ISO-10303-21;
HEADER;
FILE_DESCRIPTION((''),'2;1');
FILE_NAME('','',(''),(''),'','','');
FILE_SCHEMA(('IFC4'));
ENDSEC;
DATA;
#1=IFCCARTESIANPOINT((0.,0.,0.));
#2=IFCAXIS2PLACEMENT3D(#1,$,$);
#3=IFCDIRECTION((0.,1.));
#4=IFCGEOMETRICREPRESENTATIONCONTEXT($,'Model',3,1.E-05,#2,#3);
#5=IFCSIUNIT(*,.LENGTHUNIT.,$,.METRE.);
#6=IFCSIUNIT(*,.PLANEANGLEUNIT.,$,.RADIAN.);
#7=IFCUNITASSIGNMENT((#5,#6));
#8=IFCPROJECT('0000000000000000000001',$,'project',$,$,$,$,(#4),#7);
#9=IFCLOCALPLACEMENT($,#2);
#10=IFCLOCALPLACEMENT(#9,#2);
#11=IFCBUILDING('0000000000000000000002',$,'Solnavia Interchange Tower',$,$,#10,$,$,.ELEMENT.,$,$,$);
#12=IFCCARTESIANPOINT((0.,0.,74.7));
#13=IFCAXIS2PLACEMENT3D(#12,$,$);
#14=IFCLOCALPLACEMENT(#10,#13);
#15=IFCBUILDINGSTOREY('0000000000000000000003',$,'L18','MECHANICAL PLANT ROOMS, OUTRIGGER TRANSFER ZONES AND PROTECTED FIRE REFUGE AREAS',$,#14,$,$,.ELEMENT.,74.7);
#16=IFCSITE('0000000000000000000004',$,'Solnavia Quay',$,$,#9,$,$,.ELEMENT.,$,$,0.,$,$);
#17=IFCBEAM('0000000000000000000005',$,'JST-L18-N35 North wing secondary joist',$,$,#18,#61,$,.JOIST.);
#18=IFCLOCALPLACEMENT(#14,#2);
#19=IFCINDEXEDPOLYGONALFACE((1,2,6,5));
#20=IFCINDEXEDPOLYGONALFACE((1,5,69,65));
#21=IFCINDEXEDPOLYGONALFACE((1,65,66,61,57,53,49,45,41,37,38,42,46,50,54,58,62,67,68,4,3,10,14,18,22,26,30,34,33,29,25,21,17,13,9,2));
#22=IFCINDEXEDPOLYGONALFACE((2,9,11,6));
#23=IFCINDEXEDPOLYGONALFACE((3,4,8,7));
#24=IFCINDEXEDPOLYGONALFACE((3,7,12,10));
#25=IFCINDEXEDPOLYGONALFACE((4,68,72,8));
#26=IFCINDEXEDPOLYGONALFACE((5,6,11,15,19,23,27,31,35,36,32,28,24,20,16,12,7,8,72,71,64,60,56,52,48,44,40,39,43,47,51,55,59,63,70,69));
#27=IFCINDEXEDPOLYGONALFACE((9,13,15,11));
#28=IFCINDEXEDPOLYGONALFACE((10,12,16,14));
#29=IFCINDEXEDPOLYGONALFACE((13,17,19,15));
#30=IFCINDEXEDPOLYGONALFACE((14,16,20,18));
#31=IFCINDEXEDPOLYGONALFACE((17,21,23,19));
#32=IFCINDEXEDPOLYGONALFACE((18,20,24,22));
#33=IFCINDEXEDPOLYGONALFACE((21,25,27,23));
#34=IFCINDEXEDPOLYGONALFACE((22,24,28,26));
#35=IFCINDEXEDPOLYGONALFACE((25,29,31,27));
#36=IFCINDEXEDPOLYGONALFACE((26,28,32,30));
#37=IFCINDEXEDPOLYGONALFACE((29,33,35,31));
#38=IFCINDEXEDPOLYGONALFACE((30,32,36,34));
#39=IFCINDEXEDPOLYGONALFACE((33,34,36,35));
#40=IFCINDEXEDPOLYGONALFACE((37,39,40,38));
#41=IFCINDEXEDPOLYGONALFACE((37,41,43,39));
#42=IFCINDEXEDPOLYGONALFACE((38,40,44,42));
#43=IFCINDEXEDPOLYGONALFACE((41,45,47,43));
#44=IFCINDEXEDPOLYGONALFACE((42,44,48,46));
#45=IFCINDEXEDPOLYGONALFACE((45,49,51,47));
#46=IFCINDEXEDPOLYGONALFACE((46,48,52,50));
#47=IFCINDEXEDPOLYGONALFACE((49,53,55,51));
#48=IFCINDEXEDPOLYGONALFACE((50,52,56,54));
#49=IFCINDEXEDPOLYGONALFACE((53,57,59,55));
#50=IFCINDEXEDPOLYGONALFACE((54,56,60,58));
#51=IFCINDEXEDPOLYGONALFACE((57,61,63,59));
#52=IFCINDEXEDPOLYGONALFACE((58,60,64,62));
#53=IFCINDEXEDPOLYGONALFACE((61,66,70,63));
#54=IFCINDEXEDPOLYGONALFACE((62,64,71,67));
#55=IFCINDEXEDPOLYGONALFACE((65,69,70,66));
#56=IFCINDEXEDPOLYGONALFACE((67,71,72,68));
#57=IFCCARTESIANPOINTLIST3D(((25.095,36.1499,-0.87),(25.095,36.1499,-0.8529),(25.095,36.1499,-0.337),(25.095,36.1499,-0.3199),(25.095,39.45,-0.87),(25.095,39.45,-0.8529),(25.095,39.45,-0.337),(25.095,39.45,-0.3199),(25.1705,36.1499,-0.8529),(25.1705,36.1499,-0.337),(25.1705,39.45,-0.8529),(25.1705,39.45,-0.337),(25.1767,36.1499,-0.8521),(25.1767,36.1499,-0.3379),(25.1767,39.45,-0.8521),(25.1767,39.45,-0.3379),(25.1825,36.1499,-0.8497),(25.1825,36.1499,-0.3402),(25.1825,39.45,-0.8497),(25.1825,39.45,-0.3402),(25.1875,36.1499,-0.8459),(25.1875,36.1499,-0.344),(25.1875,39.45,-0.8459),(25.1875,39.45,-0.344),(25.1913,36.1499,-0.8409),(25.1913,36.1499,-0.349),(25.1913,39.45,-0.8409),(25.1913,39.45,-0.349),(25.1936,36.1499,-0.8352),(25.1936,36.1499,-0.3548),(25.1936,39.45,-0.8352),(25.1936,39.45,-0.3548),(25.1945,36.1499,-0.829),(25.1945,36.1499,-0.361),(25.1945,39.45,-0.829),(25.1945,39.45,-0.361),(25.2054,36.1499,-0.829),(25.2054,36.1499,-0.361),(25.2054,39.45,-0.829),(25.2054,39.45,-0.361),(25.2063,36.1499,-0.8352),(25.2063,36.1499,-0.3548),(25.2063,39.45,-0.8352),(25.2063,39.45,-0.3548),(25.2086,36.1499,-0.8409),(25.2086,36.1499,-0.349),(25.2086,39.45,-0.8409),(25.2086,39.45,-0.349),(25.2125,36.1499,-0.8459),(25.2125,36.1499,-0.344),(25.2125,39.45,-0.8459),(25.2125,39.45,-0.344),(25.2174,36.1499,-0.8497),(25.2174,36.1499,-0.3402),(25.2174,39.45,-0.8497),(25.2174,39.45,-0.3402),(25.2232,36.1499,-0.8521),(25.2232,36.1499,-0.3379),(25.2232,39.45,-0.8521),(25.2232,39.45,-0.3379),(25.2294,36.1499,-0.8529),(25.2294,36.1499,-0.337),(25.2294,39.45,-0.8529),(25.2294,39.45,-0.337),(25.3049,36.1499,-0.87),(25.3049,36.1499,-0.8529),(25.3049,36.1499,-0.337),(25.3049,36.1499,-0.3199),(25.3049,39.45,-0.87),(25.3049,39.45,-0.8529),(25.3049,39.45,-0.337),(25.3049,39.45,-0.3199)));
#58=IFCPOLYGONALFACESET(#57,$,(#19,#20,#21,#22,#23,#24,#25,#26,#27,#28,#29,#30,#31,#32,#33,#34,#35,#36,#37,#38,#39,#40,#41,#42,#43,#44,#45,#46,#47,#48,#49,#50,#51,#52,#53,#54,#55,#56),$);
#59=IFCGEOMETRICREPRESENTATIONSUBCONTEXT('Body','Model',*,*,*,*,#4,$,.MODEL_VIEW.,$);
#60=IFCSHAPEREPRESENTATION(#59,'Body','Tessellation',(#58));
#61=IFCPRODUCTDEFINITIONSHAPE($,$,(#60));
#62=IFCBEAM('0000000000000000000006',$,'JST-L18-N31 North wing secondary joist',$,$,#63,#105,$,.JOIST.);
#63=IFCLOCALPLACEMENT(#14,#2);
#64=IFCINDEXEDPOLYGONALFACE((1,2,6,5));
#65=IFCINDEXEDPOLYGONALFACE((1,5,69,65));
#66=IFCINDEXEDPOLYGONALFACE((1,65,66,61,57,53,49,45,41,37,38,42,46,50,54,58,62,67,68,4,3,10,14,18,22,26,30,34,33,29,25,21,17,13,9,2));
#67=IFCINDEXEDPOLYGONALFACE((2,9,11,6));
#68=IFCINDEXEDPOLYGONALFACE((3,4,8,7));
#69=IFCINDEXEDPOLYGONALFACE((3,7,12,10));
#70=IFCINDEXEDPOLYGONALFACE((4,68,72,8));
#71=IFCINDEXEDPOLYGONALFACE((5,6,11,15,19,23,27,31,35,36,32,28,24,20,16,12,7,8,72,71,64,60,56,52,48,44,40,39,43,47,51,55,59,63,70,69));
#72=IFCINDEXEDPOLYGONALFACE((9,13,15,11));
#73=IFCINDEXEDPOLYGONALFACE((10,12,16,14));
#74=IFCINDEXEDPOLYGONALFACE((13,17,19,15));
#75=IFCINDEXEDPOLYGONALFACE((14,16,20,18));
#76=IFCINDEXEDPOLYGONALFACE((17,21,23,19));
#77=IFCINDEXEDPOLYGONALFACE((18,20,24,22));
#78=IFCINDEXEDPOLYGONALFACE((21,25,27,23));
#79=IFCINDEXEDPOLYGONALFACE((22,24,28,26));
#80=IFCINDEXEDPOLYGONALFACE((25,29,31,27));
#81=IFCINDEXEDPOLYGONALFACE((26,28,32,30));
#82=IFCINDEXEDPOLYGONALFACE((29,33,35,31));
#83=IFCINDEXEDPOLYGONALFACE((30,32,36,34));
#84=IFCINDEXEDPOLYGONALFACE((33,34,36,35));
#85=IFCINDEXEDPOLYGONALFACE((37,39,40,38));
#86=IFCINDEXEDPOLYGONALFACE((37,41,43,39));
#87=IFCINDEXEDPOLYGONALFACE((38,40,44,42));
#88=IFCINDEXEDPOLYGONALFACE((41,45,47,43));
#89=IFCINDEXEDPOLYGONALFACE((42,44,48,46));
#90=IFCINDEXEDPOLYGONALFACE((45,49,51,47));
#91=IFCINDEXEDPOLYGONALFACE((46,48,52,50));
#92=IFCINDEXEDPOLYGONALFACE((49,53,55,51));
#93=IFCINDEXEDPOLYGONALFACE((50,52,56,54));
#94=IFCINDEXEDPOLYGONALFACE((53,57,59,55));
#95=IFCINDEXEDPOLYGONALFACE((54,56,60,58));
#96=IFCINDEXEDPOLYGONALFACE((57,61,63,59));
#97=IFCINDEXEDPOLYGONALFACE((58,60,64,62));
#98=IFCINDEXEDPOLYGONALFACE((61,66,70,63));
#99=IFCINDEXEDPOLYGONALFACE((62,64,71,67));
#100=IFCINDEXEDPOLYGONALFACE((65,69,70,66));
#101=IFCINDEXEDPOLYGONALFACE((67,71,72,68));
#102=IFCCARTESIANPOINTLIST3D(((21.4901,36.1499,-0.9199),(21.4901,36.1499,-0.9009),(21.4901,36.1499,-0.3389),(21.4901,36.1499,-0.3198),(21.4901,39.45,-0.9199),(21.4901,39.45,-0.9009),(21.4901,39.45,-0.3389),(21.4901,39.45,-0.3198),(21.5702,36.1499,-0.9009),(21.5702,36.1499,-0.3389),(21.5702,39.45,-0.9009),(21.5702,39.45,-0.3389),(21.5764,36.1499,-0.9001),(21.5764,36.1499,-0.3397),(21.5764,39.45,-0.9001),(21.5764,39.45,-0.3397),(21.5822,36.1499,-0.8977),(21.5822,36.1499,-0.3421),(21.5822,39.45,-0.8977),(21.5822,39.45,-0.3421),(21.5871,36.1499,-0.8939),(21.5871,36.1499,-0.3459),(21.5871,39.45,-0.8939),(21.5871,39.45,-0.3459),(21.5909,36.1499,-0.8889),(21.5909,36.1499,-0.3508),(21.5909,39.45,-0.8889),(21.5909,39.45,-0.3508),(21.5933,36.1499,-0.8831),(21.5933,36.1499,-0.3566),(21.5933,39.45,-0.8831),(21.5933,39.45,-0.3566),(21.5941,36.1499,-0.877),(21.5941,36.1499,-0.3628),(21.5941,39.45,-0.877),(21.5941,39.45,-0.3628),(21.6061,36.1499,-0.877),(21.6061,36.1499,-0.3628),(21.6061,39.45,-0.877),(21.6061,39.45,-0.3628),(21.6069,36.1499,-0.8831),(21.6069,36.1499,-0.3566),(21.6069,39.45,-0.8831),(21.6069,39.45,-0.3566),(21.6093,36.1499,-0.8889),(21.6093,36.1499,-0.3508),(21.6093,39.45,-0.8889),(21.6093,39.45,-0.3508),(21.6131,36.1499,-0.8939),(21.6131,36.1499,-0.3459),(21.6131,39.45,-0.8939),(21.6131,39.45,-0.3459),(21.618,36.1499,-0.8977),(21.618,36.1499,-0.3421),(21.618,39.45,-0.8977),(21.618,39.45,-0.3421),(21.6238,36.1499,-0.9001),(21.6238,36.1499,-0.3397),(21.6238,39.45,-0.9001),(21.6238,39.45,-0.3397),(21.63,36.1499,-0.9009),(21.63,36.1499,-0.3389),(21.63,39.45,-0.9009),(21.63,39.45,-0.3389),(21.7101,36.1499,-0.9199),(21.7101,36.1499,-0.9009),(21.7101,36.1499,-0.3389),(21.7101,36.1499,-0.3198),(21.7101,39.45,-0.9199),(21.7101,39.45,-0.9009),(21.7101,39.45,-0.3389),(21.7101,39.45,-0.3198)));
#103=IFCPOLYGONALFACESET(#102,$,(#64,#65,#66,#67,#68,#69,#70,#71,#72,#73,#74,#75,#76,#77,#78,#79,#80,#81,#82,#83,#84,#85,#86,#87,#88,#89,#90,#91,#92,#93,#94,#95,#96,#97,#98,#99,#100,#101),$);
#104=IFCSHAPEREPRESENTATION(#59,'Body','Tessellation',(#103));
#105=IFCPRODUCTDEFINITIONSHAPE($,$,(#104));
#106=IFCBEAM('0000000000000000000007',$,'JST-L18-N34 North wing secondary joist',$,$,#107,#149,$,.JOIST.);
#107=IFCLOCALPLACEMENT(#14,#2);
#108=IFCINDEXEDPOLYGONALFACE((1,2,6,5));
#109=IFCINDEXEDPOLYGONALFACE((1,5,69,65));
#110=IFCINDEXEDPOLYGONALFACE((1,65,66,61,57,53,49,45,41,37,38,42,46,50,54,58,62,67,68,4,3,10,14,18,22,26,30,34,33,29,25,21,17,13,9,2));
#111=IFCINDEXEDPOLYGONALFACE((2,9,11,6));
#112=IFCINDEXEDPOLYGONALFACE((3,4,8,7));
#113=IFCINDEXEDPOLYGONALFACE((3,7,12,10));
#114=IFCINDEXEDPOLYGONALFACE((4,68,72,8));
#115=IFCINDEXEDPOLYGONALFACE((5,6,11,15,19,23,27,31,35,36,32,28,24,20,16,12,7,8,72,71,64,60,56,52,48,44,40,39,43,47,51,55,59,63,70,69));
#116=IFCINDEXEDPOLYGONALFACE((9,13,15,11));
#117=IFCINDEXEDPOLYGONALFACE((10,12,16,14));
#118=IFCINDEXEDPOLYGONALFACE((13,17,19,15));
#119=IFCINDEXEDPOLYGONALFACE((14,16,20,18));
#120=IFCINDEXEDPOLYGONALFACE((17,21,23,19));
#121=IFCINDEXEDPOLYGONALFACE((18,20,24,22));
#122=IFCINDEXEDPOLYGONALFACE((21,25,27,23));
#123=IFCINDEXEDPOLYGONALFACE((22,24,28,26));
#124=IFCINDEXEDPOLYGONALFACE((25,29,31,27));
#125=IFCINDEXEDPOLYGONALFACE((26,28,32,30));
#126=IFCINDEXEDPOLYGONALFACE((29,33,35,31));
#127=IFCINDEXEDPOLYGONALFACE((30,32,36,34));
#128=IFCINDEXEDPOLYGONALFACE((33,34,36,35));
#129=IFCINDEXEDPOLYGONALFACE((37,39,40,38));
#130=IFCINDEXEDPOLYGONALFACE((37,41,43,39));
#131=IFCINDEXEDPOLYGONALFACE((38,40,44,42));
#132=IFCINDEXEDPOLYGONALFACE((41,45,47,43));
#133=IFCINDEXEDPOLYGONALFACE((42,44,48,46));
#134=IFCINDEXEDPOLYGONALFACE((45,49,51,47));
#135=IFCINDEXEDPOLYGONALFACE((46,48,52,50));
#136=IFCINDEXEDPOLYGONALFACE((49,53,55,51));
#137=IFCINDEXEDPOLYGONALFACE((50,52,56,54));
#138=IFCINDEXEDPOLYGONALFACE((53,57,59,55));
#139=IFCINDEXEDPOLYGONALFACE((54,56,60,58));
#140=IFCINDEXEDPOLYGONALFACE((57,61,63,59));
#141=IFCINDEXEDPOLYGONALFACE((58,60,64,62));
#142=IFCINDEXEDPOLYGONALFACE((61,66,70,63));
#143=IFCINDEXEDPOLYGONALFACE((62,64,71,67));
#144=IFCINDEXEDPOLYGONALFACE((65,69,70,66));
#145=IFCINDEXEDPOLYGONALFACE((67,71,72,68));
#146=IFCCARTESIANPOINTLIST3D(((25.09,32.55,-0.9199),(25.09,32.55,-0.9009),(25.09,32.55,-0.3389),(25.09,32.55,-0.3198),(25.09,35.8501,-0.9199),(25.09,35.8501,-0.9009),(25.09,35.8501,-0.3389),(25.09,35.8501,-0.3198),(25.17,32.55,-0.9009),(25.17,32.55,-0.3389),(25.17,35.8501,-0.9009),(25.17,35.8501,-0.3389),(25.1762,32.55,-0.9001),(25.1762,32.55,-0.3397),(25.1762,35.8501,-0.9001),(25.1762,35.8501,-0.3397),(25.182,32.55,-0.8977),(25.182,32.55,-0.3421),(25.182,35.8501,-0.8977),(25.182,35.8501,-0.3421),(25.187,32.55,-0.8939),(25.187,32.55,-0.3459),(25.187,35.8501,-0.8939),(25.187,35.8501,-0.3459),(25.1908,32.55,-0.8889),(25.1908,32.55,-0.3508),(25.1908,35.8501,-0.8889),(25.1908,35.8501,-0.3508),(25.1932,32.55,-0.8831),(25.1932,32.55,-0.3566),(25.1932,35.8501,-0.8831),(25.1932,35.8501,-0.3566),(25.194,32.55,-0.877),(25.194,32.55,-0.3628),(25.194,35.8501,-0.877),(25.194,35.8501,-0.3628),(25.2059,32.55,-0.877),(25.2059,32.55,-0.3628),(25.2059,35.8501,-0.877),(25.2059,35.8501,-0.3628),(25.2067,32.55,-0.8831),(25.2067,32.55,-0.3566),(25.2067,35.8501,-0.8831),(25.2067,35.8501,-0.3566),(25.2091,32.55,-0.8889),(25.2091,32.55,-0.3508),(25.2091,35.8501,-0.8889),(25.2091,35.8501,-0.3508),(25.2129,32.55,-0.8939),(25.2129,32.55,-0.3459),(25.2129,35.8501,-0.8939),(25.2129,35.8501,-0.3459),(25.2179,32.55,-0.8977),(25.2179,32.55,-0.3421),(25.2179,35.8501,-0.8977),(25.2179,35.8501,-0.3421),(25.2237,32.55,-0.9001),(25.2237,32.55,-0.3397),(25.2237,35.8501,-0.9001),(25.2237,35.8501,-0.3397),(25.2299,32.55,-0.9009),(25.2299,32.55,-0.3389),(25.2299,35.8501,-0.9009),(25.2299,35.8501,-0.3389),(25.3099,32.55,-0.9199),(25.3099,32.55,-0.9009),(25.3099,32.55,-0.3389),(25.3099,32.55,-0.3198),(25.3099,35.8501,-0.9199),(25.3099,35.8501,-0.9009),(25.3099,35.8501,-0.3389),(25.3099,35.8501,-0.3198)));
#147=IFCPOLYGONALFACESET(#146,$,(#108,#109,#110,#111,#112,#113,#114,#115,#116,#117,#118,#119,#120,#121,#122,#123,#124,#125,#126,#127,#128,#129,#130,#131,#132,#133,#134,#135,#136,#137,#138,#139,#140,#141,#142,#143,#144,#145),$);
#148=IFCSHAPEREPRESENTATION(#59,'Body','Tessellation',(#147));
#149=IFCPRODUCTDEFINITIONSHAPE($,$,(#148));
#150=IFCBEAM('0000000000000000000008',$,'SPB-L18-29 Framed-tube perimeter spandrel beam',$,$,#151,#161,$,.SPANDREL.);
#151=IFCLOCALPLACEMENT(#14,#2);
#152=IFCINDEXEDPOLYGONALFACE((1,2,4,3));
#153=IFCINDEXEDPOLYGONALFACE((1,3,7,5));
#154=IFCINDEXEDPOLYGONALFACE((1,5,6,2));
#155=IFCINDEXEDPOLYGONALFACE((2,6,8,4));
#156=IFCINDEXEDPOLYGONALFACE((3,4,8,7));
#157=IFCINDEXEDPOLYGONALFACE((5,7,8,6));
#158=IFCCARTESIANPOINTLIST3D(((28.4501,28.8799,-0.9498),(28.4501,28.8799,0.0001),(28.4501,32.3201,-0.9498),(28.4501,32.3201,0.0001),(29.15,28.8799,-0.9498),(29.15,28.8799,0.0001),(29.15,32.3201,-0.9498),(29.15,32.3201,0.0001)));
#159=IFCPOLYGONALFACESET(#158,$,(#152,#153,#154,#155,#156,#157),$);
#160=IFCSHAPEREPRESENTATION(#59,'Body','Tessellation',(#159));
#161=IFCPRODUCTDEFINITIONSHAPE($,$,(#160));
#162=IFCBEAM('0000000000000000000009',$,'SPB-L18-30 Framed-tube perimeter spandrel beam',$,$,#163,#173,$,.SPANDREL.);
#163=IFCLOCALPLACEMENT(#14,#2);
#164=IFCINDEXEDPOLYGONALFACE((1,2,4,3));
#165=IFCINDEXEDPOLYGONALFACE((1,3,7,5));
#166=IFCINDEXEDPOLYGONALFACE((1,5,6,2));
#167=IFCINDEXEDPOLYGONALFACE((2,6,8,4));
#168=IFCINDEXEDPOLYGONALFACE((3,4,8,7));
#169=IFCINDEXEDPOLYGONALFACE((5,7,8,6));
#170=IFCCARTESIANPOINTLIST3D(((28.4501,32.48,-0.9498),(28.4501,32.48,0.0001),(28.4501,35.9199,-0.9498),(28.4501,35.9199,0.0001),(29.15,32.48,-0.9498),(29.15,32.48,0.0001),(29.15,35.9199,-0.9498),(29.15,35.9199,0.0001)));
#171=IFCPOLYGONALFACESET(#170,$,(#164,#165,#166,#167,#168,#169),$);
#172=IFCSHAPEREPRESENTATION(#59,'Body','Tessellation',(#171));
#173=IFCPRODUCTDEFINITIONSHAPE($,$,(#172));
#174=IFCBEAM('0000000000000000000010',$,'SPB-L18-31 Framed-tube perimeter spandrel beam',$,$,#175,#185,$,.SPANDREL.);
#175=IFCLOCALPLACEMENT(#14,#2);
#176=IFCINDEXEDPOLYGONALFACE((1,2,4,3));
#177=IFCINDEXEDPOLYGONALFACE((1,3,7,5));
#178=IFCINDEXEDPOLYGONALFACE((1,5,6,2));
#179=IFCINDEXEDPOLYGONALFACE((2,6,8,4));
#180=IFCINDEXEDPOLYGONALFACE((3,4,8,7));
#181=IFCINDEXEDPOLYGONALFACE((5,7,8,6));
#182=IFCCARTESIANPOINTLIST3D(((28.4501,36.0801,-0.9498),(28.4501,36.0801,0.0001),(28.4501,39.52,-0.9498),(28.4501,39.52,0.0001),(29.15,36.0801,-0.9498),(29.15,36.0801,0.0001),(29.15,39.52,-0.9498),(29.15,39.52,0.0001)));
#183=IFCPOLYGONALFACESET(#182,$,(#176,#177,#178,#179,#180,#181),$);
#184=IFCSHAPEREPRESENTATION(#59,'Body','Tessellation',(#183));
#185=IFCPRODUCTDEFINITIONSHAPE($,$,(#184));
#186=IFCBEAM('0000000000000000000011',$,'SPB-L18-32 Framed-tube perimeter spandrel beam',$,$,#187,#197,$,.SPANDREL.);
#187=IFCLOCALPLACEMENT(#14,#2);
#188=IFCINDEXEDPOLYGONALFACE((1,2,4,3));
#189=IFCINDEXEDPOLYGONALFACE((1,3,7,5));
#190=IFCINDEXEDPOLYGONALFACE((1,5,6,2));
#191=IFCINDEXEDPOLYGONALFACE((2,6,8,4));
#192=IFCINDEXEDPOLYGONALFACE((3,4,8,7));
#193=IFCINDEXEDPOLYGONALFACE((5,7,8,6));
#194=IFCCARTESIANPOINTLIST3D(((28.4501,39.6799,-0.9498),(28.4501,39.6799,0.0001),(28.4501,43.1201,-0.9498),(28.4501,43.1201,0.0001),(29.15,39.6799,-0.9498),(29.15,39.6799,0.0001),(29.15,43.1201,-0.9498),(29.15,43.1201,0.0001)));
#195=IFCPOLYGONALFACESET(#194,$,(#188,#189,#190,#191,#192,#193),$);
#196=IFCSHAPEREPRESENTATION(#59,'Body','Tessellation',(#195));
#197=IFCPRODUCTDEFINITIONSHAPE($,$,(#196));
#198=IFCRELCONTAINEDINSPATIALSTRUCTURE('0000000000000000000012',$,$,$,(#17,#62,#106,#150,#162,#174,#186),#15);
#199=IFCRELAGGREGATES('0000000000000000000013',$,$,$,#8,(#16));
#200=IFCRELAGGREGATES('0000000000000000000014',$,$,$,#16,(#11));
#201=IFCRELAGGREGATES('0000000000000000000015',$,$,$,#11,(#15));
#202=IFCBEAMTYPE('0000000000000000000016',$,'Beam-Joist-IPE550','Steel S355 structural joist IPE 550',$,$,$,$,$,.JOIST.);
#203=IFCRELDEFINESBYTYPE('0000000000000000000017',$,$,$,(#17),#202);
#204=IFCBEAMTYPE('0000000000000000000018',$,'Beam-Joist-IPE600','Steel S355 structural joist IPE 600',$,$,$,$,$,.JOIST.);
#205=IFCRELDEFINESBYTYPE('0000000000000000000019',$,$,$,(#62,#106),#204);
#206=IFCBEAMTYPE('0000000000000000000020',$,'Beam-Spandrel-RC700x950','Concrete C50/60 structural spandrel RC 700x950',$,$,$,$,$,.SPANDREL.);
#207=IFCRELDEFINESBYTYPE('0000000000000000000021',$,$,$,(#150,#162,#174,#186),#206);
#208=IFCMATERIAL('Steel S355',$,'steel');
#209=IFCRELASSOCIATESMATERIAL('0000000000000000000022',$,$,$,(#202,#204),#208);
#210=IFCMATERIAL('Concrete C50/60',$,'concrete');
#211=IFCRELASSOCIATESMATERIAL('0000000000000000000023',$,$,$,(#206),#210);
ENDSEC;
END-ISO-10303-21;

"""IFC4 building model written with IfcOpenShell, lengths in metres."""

from ifc_helpers import new_model, si_unit, direction, frame, origin, origin_2d, place, context, subcontext, project, spatial, rectangle, i_section, extrude, material, material_profile, profile_set, type_object, element, save


model = new_model("IFC4")

# Units and contexts
model_context = context("Model", 3, precision=1e-05, world=origin(), true_north=direction((0.0, 1.0)))
body_context = subcontext(model_context, "Body", "Model", "MODEL_VIEW")
ifc_project = project(units=[si_unit("LENGTHUNIT", "METRE"), si_unit("PLANEANGLEUNIT", "RADIAN")], contexts=[model_context])

# Site, building, storey
site_placement = place(None, origin())
site = spatial("IfcSite", under=ifc_project, at=site_placement, Name="Solnavia Quay", CompositionType="ELEMENT", RefElevation=0.0)
building_placement = place(site_placement, origin())
building = spatial("IfcBuilding", under=site, at=building_placement, Name="Solnavia Interchange Tower", CompositionType="ELEMENT")
storey_placement = place(building_placement, frame((0.0, 0.0, 74.7)))
storey = spatial("IfcBuildingStorey", under=building, at=storey_placement, Name="L18", Description="MECHANICAL PLANT ROOMS, OUTRIGGER TRANSFER ZONES AND PROTECTED FIRE REFUGE AREAS", CompositionType="ELEMENT", Elevation=74.7)

# Shared definitions
ifc_material_1 = material(Name="Steel S355", Category="steel")

# Beams
ifc_material_profile_1 = material_profile(ifc_material_1, i_section(OverallWidth=0.21, OverallDepth=0.55, WebThickness=0.011, FlangeThickness=0.0171, FilletRadius=0.0239, at=origin_2d()), Name="IPE 550")
ifc_profile_set_1 = profile_set([ifc_material_profile_1], Name="Steel S355")
beam_type_1 = type_object("IfcBeamType", Name="Beam-Joist-IPE550", Description="Steel S355 structural joist IPE 550", PredefinedType="JOIST", material=ifc_profile_set_1)
for number, where, z_axis, x_axis, name in (
    (1, (25.2, 36.1499, -0.595), (0.0, 1.0, 0.0), (-1.0, 0.0, 0.0), "JST-L18-N35 North wing secondary joist"),
):
    element("IfcBeam", number, at=place(storey_placement, frame(where, z_axis=z_axis, x_axis=x_axis)), inside=storey, type_object=beam_type_1, Name=name, PredefinedType="JOIST", context=body_context, shape_type="SweptSolid", body=[
        extrude(i_section(OverallWidth=0.21, OverallDepth=0.55, WebThickness=0.011, FlangeThickness=0.0171, FilletRadius=0.0239, at=origin_2d()), origin(), (0.0, 0.0, 1.0), 3.3),
    ])
ifc_material_profile_2 = material_profile(ifc_material_1, i_section(OverallWidth=0.22, OverallDepth=0.6001, WebThickness=0.012, FlangeThickness=0.019, FilletRadius=0.0239, at=origin_2d()), Name="IPE 600")
ifc_profile_set_2 = profile_set([ifc_material_profile_2], Name="Steel S355")
beam_type_2 = type_object("IfcBeamType", Name="Beam-Joist-IPE600", Description="Steel S355 structural joist IPE 600", PredefinedType="JOIST", material=ifc_profile_set_2)
for number, where, z_axis, x_axis, name in (
    (2, (21.6001, 36.1499, -0.6199), (0.0, 1.0, 0.0), (-1.0, 0.0, 0.0), "JST-L18-N31 North wing secondary joist"),
    (3, (25.2, 32.55, -0.6199), (0.0, 1.0, 0.0), (-1.0, 0.0, 0.0), "JST-L18-N34 North wing secondary joist"),
):
    element("IfcBeam", number, at=place(storey_placement, frame(where, z_axis=z_axis, x_axis=x_axis)), inside=storey, type_object=beam_type_2, Name=name, PredefinedType="JOIST", context=body_context, shape_type="SweptSolid", body=[
        extrude(i_section(OverallWidth=0.22, OverallDepth=0.6001, WebThickness=0.012, FlangeThickness=0.019, FilletRadius=0.0239, at=origin_2d()), origin(), (0.0, 0.0, 1.0), 3.3),
    ])
ifc_material_2 = material(Name="Concrete C50/60", Category="concrete")
ifc_material_profile_3 = material_profile(ifc_material_2, rectangle(XDim=0.7, YDim=0.95, at=origin_2d()), Name="RC 700x950")
ifc_profile_set_3 = profile_set([ifc_material_profile_3], Name="Concrete C50/60")
beam_type_3 = type_object("IfcBeamType", Name="Beam-Spandrel-RC700x950", Description="Concrete C50/60 structural spandrel RC 700x950", PredefinedType="SPANDREL", material=ifc_profile_set_3)
beam_1_placement = place(storey_placement, frame((28.8, 28.8799, -0.4749), z_axis=(0.0, 1.0, 0.0), x_axis=(-1.0, 0.0, 0.0)))
element("IfcBeam", 4, at=beam_1_placement, inside=storey, type_object=beam_type_3, Name="SPB-L18-29 Framed-tube perimeter spandrel beam", PredefinedType="SPANDREL", context=body_context, shape_type="SweptSolid", body=[
    extrude(rectangle(XDim=0.7, YDim=0.95, at=origin_2d()), origin(), (0.0, 0.0, 1.0), 3.4402),
])
for number, where, z_axis, x_axis, name in (
    (5, (28.8, 32.48, -0.4749), (0.0, 1.0, 0.0), (-1.0, 0.0, 0.0), "SPB-L18-30 Framed-tube perimeter spandrel beam"),
    (6, (28.8, 36.0801, -0.4749), (0.0, 1.0, 0.0), (-1.0, 0.0, 0.0), "SPB-L18-31 Framed-tube perimeter spandrel beam"),
):
    element("IfcBeam", number, at=place(storey_placement, frame(where, z_axis=z_axis, x_axis=x_axis)), inside=storey, type_object=beam_type_3, Name=name, PredefinedType="SPANDREL", context=body_context, shape_type="SweptSolid", body=[
        extrude(rectangle(XDim=0.7, YDim=0.95, at=origin_2d()), origin(), (0.0, 0.0, 1.0), 3.4399),
    ])
beam_2_placement = place(storey_placement, frame((28.8, 39.6799, -0.4749), z_axis=(0.0, 1.0, 0.0), x_axis=(-1.0, 0.0, 0.0)))
element("IfcBeam", 7, at=beam_2_placement, inside=storey, type_object=beam_type_3, Name="SPB-L18-32 Framed-tube perimeter spandrel beam", PredefinedType="SPANDREL", context=body_context, shape_type="SweptSolid", body=[
    extrude(rectangle(XDim=0.7, YDim=0.95, at=origin_2d()), origin(), (0.0, 0.0, 1.0), 3.4402),
])

save(model, "model.ifc")
